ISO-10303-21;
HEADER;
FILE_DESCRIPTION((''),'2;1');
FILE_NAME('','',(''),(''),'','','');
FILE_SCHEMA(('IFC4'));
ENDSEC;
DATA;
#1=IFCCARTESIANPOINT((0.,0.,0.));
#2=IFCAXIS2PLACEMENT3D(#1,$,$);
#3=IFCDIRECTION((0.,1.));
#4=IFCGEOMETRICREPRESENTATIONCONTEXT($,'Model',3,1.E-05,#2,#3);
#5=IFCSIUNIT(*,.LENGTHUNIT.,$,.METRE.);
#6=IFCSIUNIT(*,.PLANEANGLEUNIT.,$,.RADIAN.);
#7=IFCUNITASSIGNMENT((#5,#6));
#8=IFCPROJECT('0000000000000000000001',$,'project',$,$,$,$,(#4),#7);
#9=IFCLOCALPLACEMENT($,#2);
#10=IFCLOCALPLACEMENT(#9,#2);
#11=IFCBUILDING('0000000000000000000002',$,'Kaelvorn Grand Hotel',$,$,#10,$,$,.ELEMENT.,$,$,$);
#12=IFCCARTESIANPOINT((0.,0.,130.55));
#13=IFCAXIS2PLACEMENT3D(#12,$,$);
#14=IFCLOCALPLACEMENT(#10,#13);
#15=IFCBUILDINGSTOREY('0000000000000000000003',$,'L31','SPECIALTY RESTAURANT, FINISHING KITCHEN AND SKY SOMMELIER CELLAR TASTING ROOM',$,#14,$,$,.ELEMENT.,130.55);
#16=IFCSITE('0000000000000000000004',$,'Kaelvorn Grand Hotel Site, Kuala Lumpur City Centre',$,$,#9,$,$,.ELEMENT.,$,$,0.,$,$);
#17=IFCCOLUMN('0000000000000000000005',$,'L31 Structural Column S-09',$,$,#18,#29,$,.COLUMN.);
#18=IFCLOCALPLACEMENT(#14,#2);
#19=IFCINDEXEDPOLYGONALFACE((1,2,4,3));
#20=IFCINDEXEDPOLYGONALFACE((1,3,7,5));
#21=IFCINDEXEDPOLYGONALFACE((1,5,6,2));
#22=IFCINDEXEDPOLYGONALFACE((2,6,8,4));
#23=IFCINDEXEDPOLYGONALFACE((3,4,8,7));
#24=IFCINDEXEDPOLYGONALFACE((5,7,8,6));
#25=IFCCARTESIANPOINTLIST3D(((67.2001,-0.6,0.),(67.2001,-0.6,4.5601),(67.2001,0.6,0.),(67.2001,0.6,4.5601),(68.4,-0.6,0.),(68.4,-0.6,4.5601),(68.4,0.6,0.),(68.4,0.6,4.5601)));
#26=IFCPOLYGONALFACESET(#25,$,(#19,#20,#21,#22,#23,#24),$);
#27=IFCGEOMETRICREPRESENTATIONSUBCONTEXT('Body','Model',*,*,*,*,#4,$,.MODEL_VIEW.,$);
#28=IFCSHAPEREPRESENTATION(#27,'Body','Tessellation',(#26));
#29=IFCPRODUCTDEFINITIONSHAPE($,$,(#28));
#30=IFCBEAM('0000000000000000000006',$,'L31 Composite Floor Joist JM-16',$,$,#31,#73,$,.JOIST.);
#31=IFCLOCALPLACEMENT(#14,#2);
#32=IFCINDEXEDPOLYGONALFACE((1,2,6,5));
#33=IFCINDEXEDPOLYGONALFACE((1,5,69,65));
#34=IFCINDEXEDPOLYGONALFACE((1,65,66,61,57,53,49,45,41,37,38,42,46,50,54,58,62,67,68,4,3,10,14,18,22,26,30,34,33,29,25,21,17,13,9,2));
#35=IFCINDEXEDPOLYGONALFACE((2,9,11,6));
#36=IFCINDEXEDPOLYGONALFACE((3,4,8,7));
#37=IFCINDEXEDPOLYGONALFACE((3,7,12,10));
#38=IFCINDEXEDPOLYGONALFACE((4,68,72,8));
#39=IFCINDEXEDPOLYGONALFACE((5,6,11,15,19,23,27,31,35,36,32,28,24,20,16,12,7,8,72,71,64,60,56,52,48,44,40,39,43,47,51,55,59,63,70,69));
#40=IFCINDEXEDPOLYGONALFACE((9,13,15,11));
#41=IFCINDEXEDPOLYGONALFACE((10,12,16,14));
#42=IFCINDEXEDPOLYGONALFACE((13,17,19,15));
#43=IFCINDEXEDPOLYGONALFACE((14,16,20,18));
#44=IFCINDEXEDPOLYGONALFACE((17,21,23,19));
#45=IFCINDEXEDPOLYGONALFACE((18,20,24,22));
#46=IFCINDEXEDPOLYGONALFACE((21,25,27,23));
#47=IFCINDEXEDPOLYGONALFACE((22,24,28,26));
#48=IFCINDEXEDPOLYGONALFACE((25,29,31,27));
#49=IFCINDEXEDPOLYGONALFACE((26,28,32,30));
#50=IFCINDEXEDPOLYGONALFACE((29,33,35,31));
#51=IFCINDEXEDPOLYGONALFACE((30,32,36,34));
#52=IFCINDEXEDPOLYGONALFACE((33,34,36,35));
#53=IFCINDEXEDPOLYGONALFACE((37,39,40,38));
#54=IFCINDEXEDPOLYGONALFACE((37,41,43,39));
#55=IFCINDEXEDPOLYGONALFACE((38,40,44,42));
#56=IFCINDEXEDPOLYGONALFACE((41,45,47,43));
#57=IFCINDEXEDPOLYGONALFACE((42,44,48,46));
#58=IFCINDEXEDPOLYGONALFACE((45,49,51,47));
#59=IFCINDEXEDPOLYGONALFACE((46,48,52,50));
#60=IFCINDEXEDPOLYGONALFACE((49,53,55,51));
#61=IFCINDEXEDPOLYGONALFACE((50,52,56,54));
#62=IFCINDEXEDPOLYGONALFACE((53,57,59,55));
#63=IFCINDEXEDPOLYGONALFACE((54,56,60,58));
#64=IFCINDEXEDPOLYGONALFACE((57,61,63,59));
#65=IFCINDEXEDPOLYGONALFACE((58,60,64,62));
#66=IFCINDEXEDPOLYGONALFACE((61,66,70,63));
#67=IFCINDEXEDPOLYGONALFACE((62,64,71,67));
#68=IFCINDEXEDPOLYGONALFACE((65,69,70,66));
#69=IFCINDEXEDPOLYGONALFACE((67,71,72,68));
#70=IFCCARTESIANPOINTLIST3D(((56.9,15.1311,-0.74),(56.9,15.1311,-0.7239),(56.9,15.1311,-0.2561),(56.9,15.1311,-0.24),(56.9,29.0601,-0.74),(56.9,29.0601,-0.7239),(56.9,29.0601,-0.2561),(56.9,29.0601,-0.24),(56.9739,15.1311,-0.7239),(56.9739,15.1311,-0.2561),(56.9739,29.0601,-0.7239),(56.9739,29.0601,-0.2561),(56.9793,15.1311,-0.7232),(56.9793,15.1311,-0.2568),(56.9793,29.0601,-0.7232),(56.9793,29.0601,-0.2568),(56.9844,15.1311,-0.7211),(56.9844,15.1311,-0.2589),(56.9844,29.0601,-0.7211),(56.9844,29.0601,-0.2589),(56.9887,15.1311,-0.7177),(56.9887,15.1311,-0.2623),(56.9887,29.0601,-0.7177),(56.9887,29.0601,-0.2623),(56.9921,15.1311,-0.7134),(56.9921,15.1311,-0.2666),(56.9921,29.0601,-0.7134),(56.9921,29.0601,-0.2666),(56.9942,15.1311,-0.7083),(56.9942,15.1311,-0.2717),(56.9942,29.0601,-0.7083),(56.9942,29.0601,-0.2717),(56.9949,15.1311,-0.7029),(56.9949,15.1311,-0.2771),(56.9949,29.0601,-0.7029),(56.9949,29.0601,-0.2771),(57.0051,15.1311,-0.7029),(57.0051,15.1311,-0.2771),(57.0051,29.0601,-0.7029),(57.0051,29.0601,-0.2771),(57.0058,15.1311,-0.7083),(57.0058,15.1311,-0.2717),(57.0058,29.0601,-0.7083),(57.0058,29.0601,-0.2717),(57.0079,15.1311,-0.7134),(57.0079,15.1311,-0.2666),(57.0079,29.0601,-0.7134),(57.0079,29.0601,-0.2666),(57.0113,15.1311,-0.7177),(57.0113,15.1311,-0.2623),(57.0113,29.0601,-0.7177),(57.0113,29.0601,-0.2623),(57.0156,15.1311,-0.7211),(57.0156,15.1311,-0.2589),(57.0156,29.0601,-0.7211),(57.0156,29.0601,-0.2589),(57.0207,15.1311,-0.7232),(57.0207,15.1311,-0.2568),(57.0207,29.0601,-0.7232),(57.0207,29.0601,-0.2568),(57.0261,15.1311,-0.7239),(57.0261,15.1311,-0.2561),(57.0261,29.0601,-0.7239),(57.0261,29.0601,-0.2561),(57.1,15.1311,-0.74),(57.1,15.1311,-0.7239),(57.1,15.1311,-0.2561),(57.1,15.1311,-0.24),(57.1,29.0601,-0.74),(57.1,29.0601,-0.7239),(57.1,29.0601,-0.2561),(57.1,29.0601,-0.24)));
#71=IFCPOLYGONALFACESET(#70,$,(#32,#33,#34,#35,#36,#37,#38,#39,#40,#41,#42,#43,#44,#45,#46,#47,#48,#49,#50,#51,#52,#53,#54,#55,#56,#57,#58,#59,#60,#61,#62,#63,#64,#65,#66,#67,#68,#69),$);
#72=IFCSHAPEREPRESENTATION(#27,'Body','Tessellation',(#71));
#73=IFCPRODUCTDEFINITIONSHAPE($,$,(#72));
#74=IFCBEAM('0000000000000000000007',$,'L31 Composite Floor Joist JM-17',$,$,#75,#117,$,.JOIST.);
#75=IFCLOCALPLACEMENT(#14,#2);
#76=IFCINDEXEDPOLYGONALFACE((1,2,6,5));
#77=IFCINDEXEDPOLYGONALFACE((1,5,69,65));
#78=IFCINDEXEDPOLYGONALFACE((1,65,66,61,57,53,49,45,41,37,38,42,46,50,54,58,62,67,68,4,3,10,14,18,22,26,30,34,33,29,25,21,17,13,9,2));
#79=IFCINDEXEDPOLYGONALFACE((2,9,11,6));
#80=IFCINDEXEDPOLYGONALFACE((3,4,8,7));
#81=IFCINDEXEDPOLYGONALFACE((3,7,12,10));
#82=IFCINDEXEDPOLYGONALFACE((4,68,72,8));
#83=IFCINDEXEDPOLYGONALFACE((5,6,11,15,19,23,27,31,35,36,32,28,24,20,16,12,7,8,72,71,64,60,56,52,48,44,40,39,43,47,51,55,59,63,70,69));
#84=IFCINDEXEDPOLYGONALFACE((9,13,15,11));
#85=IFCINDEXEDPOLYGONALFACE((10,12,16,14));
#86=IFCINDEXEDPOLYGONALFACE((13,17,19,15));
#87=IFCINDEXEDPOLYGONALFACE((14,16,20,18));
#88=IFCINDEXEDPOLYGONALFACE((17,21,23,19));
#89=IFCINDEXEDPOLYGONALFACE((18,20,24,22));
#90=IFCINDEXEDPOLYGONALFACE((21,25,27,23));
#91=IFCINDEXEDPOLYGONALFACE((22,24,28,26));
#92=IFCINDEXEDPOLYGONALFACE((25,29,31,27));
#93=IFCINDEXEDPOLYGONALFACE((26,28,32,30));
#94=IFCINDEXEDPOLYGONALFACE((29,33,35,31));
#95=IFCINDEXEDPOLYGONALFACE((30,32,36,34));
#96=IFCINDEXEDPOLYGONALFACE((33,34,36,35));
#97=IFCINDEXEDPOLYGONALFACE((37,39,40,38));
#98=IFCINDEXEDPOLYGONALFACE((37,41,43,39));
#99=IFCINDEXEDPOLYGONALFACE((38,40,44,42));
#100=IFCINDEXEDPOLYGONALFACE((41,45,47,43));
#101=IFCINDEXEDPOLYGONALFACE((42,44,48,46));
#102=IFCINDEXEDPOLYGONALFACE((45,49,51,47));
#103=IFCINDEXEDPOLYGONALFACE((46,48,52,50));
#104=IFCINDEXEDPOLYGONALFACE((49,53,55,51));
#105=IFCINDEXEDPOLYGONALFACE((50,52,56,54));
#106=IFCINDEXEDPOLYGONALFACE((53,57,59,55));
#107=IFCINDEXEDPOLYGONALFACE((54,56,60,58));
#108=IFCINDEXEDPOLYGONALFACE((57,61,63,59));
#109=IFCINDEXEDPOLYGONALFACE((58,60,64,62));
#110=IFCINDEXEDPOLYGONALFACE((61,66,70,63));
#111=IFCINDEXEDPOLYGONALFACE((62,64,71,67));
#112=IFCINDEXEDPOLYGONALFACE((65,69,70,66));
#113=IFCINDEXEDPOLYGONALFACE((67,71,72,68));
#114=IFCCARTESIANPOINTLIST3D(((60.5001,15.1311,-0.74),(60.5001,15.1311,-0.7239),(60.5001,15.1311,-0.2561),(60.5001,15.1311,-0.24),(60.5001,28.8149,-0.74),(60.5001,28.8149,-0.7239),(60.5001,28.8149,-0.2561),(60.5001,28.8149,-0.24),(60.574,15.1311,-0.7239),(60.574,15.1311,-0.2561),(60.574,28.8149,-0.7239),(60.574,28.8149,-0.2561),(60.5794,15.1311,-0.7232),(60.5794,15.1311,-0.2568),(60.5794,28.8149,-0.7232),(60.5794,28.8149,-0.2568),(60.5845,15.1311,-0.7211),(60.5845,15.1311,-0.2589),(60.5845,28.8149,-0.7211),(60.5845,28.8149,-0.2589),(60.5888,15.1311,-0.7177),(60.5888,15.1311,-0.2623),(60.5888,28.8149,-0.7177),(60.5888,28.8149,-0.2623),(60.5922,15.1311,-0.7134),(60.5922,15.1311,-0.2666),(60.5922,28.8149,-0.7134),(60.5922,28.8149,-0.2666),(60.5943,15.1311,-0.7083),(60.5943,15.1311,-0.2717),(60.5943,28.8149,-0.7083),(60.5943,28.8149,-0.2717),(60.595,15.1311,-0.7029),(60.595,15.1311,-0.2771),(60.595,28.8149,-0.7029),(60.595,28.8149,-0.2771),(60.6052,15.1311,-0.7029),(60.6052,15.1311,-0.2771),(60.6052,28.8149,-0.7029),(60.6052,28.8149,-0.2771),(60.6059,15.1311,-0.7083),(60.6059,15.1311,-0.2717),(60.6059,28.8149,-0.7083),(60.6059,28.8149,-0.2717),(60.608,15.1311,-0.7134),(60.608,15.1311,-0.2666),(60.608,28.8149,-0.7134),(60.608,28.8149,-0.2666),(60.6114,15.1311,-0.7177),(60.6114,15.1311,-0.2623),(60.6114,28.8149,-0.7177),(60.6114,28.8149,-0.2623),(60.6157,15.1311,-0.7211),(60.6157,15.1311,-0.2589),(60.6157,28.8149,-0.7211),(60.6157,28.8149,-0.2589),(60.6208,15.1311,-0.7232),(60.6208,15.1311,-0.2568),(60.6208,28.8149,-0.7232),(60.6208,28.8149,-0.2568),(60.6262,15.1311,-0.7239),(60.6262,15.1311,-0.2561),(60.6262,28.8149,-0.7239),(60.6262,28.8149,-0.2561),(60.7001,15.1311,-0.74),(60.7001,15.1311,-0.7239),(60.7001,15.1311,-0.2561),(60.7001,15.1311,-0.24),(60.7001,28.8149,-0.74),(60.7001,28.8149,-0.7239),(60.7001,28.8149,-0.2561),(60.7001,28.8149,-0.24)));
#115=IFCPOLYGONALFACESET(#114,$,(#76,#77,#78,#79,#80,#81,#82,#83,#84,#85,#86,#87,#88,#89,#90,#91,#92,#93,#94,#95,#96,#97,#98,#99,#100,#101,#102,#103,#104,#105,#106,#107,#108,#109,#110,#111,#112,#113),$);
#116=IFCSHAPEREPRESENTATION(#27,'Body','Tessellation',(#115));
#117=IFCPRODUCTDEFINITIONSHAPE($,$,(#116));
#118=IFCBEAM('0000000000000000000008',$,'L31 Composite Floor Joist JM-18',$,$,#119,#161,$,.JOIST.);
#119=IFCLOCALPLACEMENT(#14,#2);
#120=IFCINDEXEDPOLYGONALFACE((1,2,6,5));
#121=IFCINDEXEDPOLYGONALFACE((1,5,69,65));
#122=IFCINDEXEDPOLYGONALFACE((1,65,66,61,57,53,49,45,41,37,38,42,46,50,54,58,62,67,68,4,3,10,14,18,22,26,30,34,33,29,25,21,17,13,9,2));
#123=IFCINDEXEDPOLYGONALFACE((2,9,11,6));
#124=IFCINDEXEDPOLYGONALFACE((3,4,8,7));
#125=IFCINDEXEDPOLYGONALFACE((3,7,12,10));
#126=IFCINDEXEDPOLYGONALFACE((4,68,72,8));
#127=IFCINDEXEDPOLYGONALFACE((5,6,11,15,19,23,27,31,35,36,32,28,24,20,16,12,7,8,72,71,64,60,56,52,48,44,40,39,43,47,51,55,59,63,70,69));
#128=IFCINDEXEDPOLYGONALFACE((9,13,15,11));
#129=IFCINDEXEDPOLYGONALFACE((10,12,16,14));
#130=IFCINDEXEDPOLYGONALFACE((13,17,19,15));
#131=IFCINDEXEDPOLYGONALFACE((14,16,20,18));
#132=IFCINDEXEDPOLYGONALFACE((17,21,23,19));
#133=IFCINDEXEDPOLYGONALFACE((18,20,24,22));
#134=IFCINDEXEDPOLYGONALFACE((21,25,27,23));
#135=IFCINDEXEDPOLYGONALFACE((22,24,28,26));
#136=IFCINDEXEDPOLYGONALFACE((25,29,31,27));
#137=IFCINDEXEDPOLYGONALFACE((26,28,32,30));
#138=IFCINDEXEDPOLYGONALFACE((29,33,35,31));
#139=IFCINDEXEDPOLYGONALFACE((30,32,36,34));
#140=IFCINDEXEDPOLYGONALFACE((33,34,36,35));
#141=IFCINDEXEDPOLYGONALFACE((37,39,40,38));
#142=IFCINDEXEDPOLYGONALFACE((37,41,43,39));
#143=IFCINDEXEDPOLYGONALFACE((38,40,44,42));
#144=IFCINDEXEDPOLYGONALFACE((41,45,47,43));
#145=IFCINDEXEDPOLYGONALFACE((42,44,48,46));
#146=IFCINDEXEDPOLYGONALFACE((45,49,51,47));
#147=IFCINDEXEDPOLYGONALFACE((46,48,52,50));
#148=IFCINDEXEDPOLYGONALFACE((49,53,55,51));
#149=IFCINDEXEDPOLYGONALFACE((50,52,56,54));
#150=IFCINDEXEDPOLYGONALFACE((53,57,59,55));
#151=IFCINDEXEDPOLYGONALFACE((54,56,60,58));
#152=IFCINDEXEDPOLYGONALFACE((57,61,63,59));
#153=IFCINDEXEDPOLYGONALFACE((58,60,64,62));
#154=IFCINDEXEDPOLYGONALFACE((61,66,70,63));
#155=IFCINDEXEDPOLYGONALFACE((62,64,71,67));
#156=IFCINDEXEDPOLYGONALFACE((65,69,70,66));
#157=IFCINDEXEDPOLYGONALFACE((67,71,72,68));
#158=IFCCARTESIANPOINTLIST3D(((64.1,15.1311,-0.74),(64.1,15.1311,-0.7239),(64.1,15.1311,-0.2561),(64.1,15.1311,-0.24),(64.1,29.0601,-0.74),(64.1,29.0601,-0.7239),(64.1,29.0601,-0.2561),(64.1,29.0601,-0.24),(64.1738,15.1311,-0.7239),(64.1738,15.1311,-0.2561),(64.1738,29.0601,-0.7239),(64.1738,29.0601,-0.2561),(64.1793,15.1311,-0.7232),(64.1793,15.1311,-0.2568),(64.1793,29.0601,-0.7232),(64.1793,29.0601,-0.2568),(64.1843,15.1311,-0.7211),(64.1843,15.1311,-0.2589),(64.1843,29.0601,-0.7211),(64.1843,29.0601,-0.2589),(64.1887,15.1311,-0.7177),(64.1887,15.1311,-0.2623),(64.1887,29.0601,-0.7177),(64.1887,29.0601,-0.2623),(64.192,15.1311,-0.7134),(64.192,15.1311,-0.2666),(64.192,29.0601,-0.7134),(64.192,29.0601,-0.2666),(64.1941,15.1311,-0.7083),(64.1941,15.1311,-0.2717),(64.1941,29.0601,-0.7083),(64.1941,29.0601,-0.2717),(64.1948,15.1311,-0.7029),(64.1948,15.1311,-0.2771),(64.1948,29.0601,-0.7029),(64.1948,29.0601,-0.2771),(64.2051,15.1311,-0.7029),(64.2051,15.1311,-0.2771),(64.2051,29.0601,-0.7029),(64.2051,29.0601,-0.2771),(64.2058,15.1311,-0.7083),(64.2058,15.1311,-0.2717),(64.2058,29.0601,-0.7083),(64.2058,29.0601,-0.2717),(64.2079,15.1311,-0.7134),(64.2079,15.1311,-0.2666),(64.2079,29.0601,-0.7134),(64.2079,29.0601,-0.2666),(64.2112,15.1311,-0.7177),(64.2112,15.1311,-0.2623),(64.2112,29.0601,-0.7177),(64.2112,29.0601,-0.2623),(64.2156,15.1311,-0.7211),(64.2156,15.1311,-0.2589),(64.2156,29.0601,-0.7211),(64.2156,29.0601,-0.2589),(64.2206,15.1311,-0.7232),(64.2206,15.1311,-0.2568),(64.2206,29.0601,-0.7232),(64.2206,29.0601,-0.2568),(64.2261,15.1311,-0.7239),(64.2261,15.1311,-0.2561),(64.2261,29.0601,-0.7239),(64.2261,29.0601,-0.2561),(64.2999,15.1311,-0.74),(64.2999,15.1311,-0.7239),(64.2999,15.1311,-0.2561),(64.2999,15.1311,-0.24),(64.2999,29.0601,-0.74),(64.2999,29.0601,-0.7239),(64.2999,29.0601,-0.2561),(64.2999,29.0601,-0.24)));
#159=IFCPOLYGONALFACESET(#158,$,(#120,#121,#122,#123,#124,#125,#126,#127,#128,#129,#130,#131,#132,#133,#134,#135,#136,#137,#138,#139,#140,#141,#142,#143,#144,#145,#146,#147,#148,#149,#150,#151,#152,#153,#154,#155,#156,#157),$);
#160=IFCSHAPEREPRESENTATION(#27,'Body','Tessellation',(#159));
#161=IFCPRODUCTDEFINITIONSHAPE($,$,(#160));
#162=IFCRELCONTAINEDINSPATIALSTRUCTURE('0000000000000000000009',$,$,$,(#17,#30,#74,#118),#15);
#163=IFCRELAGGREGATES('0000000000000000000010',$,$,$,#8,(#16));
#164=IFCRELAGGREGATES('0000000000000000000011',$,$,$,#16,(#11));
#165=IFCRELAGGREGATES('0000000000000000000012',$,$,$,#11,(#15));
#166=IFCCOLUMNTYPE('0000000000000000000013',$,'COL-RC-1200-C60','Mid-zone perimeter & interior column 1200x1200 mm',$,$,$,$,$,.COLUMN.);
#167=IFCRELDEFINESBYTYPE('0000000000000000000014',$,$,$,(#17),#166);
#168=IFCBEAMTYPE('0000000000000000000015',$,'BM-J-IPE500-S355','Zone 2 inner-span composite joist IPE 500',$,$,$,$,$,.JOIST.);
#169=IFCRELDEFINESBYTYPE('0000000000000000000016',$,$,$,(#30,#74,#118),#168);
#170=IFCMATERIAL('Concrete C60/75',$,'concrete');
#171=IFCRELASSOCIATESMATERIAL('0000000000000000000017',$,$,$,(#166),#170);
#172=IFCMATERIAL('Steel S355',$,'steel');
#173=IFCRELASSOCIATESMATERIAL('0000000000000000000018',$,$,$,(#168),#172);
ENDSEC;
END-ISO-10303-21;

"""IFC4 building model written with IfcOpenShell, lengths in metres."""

from ifc_helpers import new_model, si_unit, direction, frame, origin, origin_2d, place, context, subcontext, project, spatial, rectangle, i_section, extrude, material, material_profile, profile_set, type_object, element, save


model = new_model("IFC4")

# Units and contexts
model_context = context("Model", 3, precision=1e-05, world=origin(), true_north=direction((0.0, 1.0)))
body_context = subcontext(model_context, "Body", "Model", "MODEL_VIEW")
ifc_project = project(units=[si_unit("LENGTHUNIT", "METRE"), si_unit("PLANEANGLEUNIT", "RADIAN")], contexts=[model_context])

# Site, building, storey
site_placement = place(None, origin())
site = spatial("IfcSite", under=ifc_project, at=site_placement, Name="Kaelvorn Grand Hotel Site, Kuala Lumpur City Centre", CompositionType="ELEMENT", RefElevation=0.0)
building_placement = place(site_placement, origin())
building = spatial("IfcBuilding", under=site, at=building_placement, Name="Kaelvorn Grand Hotel", CompositionType="ELEMENT")
storey_placement = place(building_placement, frame((0.0, 0.0, 130.55)))
storey = spatial("IfcBuildingStorey", under=building, at=storey_placement, Name="L31", Description="SPECIALTY RESTAURANT, FINISHING KITCHEN AND SKY SOMMELIER CELLAR TASTING ROOM", CompositionType="ELEMENT", Elevation=130.55)

# Column
ifc_material_1 = material(Name="Concrete C60/75", Category="concrete")
ifc_material_profile_1 = material_profile(ifc_material_1, rectangle(XDim=1.2, YDim=1.2, at=origin_2d()), Name="RC COL 1200x1200")
ifc_profile_set_1 = profile_set([ifc_material_profile_1], Name="Concrete C60/75")
column_type = type_object("IfcColumnType", Name="COL-RC-1200-C60", Description="Mid-zone perimeter & interior column 1200x1200 mm", PredefinedType="COLUMN", material=ifc_profile_set_1)
column_placement = place(storey_placement, frame((67.8, 0.0, 0.0), z_axis=(0.0, 0.0, 1.0), x_axis=(1.0, 0.0, 0.0)))
element("IfcColumn", 1, at=column_placement, inside=storey, type_object=column_type, Name="L31 Structural Column S-09", PredefinedType="COLUMN", context=body_context, shape_type="SweptSolid", body=[
    extrude(rectangle(XDim=1.2, YDim=1.2, at=origin_2d()), origin(), (0.0, 0.0, 1.0), 4.5601),
])

# Beams
ifc_material_2 = material(Name="Steel S355", Category="steel")
ifc_material_profile_2 = material_profile(ifc_material_2, i_section(OverallWidth=0.2, OverallDepth=0.5, WebThickness=0.0103, FlangeThickness=0.0161, FilletRadius=0.021, at=origin_2d()), Name="IPE 500")
ifc_profile_set_2 = profile_set([ifc_material_profile_2], Name="Steel S355")
beam_type_1 = type_object("IfcBeamType", Name="BM-J-IPE500-S355", Description="Zone 2 inner-span composite joist IPE 500", PredefinedType="JOIST", material=ifc_profile_set_2)
beam_1_placement = place(storey_placement, frame((57.0, 15.1311, -0.49), z_axis=(0.0, 1.0, 0.0), x_axis=(-1.0, 0.0, 0.0)))
element("IfcBeam", 2, at=beam_1_placement, inside=storey, type_object=beam_type_1, Name="L31 Composite Floor Joist JM-16", PredefinedType="JOIST", context=body_context, shape_type="SweptSolid", body=[
    extrude(i_section(OverallWidth=0.2, OverallDepth=0.5, WebThickness=0.0103, FlangeThickness=0.0161, FilletRadius=0.021, at=origin_2d()), origin(), (0.0, 0.0, 1.0), 13.929),
])
beam_2_placement = place(storey_placement, frame((60.6001, 15.1311, -0.49), z_axis=(0.0, 1.0, 0.0), x_axis=(-1.0, 0.0, 0.0)))
element("IfcBeam", 3, at=beam_2_placement, inside=storey, type_object=beam_type_1, Name="L31 Composite Floor Joist JM-17", PredefinedType="JOIST", context=body_context, shape_type="SweptSolid", body=[
    extrude(i_section(OverallWidth=0.2, OverallDepth=0.5, WebThickness=0.0103, FlangeThickness=0.0161, FilletRadius=0.021, at=origin_2d()), origin(), (0.0, 0.0, 1.0), 13.6838),
])
beam_3_placement = place(storey_placement, frame((64.2, 15.1311, -0.49), z_axis=(0.0, 1.0, 0.0), x_axis=(-1.0, 0.0, 0.0)))
element("IfcBeam", 4, at=beam_3_placement, inside=storey, type_object=beam_type_1, Name="L31 Composite Floor Joist JM-18", PredefinedType="JOIST", context=body_context, shape_type="SweptSolid", body=[
    extrude(i_section(OverallWidth=0.2, OverallDepth=0.5, WebThickness=0.0103, FlangeThickness=0.0161, FilletRadius=0.021, at=origin_2d()), origin(), (0.0, 0.0, 1.0), 13.929),
])

save(model, "model.ifc")
